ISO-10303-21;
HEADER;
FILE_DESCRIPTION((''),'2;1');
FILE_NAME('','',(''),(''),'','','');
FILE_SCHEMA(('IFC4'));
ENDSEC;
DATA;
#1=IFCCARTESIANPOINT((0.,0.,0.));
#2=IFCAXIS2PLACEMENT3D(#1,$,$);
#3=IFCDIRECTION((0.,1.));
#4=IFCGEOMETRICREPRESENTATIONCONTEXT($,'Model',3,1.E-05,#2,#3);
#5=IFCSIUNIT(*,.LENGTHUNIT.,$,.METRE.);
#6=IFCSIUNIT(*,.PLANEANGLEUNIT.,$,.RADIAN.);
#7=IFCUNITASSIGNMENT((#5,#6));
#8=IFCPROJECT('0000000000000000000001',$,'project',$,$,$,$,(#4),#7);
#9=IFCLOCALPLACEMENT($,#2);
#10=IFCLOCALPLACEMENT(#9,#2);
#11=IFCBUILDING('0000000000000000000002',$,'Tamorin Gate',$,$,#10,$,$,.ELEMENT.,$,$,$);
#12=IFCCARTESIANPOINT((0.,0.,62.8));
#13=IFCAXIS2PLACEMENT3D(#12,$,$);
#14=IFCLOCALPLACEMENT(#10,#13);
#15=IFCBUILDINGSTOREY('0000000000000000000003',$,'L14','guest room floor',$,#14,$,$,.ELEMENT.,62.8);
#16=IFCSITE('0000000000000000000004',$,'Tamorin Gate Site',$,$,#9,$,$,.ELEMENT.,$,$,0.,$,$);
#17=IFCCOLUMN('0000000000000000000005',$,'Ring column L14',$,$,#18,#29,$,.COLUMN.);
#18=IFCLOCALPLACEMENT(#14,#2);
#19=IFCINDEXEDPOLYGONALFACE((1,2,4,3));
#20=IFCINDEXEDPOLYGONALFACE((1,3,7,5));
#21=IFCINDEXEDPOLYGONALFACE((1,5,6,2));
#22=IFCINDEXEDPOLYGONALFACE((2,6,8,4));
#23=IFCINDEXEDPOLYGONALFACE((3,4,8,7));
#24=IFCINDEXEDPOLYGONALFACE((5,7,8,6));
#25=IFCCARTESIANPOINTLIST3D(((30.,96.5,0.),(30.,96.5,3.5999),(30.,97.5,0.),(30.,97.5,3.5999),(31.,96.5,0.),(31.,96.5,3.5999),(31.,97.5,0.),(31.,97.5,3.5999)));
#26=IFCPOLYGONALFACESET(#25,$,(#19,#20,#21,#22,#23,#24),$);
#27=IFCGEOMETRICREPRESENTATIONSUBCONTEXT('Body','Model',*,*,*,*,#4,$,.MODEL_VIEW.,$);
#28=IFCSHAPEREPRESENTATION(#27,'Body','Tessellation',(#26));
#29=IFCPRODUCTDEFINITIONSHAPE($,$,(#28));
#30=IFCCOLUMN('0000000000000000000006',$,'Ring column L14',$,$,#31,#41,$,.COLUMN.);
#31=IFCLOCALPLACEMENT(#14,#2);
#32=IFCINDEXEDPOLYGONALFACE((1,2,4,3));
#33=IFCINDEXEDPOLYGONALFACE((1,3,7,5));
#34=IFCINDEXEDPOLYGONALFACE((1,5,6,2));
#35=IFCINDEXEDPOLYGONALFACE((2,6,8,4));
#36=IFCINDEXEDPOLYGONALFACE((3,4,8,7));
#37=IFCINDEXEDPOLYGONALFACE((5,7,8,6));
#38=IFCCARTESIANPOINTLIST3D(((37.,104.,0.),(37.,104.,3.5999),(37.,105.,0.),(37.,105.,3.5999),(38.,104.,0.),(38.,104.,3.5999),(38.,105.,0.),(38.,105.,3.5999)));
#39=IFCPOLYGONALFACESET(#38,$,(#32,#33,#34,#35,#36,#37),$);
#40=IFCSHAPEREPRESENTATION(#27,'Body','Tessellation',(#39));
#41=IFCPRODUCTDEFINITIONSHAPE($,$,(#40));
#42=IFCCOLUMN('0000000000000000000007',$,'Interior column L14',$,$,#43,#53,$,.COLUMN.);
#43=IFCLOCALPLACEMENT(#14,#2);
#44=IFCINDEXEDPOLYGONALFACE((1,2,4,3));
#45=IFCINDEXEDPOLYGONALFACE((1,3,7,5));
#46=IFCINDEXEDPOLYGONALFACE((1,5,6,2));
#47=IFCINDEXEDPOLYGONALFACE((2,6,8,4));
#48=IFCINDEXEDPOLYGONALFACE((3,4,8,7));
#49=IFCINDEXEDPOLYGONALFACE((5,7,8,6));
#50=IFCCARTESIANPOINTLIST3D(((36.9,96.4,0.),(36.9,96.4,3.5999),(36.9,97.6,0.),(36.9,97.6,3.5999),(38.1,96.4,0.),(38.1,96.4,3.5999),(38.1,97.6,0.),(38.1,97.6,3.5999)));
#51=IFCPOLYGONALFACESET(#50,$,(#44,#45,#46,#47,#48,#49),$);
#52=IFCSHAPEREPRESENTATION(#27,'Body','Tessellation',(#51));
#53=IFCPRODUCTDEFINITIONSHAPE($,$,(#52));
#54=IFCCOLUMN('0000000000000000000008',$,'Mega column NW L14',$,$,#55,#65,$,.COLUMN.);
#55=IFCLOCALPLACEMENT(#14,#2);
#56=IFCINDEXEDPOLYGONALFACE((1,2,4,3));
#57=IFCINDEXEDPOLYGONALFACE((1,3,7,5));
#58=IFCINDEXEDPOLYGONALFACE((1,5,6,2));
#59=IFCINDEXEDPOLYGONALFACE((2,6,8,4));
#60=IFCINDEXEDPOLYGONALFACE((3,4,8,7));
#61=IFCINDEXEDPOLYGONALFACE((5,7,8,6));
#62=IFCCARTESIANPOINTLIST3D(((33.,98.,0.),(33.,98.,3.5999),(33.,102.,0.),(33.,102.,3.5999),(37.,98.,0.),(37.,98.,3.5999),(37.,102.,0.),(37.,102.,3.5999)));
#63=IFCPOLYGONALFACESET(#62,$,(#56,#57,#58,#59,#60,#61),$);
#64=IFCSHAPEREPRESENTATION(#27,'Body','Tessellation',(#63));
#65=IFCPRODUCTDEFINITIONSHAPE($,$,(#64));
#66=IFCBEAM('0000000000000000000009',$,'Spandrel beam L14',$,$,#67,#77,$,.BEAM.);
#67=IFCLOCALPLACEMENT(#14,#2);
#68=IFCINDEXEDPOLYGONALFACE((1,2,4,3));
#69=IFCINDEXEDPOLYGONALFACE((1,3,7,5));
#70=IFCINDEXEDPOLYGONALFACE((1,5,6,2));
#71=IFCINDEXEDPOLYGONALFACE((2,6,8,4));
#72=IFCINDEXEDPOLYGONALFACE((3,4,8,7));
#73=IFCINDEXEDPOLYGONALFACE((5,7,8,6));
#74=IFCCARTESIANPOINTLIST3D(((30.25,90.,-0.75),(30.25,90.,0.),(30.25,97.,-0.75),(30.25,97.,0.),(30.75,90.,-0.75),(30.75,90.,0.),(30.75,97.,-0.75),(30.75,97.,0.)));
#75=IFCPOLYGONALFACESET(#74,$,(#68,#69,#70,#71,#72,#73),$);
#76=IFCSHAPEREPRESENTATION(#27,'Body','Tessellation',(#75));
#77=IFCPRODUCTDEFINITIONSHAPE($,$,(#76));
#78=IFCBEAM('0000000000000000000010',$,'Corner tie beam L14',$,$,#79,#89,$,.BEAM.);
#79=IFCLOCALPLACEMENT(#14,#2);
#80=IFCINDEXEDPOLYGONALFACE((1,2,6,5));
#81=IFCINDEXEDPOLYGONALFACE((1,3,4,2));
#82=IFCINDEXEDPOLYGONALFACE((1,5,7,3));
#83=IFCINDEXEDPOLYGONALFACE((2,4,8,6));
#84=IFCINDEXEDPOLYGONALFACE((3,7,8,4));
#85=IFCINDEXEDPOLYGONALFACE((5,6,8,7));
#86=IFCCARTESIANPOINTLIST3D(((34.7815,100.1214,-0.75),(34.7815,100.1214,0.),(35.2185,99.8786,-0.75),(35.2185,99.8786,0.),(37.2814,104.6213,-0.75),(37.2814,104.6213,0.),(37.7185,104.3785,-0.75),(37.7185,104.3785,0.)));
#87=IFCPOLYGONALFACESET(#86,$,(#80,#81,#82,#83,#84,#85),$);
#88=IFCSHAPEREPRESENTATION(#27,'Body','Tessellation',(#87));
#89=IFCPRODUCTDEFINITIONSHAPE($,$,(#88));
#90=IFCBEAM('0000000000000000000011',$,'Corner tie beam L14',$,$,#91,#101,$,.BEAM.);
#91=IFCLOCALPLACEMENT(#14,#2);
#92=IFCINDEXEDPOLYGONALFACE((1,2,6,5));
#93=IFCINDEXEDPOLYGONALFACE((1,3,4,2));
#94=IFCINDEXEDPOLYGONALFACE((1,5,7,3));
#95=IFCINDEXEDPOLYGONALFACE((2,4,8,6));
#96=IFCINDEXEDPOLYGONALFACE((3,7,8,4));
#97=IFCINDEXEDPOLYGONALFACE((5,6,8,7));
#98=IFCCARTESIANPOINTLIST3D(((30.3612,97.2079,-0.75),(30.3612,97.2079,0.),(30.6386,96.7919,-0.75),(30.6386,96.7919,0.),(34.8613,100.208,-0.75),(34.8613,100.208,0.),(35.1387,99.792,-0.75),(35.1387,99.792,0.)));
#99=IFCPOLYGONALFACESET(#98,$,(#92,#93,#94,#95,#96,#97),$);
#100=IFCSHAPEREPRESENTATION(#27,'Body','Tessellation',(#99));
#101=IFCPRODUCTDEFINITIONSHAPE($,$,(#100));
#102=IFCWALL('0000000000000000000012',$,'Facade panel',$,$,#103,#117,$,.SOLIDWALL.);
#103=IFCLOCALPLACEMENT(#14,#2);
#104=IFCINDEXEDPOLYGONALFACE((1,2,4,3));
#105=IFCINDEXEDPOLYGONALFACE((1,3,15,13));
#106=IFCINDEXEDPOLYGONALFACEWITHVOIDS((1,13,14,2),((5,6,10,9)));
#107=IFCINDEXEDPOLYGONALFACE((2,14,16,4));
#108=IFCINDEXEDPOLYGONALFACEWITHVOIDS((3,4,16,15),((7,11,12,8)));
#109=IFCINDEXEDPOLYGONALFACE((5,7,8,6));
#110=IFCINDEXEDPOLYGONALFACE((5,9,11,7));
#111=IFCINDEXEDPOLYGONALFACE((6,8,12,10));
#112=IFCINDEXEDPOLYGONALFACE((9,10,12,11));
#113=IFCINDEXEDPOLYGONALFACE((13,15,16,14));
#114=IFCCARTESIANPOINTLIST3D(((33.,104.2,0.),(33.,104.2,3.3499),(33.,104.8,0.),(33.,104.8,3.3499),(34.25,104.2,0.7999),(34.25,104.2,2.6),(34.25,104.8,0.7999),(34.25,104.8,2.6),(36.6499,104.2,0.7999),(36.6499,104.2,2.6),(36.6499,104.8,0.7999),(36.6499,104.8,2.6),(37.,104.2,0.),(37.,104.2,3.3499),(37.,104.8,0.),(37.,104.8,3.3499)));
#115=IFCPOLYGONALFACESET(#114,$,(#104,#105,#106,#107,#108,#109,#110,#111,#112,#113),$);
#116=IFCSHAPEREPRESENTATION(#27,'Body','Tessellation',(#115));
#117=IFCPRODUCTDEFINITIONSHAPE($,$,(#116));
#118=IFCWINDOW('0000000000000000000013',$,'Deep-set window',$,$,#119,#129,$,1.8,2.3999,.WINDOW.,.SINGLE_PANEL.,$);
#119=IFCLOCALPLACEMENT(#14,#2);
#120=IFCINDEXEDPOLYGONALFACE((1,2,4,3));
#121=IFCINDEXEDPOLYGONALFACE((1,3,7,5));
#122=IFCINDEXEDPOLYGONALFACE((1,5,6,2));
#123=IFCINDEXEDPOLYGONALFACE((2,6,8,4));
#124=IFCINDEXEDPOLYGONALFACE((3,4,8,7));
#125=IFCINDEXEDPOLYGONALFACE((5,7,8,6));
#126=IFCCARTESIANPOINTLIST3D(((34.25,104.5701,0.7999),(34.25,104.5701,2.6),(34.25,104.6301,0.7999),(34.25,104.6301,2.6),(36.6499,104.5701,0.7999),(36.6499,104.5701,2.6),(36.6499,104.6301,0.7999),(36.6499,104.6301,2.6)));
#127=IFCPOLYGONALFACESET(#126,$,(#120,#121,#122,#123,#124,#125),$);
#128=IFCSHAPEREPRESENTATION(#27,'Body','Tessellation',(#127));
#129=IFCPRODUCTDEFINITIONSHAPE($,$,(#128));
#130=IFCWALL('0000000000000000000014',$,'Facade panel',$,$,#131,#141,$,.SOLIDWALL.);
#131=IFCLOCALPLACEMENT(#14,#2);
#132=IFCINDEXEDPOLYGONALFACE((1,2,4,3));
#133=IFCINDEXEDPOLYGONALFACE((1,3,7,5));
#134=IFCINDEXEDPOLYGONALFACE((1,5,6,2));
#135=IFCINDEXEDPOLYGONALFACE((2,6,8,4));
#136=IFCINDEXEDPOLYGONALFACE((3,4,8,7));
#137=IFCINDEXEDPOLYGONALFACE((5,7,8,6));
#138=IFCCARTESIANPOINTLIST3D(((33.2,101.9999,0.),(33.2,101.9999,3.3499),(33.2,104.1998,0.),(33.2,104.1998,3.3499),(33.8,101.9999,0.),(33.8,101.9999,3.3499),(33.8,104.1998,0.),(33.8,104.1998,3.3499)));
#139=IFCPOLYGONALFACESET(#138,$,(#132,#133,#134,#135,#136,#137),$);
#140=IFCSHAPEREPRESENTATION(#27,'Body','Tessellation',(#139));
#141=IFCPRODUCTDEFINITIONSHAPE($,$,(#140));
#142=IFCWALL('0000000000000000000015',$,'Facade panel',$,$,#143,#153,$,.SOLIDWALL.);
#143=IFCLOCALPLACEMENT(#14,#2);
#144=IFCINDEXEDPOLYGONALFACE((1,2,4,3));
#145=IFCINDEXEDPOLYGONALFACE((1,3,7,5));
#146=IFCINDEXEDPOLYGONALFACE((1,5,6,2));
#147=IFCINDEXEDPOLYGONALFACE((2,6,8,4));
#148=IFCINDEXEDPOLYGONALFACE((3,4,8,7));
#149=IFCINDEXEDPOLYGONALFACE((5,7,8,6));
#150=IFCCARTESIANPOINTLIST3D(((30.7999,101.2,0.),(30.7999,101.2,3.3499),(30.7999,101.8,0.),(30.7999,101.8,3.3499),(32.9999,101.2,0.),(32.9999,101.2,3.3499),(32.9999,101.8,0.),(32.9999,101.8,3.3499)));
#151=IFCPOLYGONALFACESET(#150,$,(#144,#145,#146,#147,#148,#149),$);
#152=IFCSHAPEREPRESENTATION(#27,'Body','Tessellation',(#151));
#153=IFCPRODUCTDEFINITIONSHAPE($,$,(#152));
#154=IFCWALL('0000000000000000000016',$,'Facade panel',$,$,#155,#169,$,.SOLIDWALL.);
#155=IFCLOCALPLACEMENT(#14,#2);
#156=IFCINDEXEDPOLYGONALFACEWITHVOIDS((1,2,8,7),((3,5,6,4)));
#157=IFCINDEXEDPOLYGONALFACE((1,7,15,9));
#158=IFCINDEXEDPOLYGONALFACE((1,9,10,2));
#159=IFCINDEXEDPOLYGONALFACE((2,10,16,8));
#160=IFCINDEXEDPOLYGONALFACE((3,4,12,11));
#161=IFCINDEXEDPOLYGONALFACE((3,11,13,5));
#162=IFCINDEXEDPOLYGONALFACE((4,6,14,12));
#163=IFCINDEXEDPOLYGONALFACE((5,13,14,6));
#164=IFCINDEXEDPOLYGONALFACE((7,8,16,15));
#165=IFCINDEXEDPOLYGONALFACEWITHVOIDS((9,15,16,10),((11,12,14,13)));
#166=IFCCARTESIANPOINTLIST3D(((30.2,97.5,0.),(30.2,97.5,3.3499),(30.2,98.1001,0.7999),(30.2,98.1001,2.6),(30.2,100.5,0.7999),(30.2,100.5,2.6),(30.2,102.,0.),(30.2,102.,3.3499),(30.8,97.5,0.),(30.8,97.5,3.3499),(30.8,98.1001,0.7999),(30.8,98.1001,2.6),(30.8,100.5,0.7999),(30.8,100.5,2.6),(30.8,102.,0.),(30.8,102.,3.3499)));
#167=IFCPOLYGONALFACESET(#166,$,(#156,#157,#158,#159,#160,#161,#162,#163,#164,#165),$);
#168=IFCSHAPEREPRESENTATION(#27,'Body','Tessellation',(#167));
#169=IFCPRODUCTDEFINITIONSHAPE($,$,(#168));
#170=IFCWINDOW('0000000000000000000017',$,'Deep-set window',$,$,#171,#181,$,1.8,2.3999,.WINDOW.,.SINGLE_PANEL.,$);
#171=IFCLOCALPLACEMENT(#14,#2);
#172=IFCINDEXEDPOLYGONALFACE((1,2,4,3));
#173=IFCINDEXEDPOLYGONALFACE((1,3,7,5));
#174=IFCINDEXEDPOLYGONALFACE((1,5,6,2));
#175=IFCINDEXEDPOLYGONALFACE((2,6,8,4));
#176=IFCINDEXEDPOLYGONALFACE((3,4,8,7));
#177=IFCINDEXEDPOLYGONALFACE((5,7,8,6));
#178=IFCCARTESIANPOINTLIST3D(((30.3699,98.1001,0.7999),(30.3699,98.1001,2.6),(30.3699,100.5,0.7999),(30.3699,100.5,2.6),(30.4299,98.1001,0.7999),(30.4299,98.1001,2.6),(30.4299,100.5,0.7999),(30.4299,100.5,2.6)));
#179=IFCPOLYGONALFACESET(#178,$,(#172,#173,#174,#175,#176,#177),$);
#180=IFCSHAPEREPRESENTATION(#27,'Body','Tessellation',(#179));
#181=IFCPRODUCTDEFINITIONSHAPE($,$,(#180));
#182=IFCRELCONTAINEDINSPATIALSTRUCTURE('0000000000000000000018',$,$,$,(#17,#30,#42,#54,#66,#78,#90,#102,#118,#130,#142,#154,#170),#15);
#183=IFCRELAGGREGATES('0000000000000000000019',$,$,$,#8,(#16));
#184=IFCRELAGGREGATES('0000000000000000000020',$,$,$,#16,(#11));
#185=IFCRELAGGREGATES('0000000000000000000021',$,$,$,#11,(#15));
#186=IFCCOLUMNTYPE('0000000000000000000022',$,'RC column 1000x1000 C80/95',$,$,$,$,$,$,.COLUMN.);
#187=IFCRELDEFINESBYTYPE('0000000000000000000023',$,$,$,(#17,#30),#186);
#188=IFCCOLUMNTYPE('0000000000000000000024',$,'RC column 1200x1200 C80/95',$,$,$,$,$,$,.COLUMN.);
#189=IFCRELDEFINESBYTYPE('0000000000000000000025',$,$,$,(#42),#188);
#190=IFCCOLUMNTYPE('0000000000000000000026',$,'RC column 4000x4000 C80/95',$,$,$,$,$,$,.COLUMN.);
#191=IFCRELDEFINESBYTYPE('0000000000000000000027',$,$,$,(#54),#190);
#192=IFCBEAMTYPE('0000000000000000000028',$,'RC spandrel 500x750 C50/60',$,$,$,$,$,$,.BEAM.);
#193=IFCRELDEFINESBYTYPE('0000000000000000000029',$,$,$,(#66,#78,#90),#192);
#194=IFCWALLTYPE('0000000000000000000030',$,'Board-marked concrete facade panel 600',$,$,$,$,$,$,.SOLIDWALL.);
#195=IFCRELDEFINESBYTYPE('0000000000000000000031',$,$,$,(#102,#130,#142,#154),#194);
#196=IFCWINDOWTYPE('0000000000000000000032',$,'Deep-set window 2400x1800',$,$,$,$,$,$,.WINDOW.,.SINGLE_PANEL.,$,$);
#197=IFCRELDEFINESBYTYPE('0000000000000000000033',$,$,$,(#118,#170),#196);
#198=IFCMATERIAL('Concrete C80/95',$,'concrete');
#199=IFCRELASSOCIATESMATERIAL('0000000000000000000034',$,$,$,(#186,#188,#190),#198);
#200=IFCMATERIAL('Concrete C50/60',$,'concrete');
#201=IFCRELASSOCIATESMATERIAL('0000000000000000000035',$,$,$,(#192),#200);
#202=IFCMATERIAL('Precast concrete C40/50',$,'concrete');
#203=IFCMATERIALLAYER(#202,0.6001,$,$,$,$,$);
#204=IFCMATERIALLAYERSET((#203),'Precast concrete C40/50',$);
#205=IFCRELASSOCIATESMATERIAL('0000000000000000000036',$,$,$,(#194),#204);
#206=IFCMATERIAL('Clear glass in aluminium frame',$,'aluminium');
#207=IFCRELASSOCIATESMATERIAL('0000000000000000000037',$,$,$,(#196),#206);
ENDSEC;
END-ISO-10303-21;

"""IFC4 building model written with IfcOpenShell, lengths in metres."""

from ifc_helpers import new_model, si_unit, direction, frame, frame_2d, origin, origin_2d, place, context, subcontext, project, spatial, rectangle, extrude, material, layer, layer_set, material_profile, profile_set, type_object, element, fill, save


model = new_model("IFC4")

# Units and contexts
model_context = context("Model", 3, precision=1e-05, world=origin(), true_north=direction((0.0, 1.0)))
body_context = subcontext(model_context, "Body", "Model", "MODEL_VIEW")
ifc_project = project(units=[si_unit("LENGTHUNIT", "METRE"), si_unit("PLANEANGLEUNIT", "RADIAN")], contexts=[model_context])

# Site, building, storey
site_placement = place(None, origin())
site = spatial("IfcSite", under=ifc_project, at=site_placement, Name="Tamorin Gate Site", CompositionType="ELEMENT", RefElevation=0.0)
building_placement = place(site_placement, origin())
building = spatial("IfcBuilding", under=site, at=building_placement, Name="Tamorin Gate", CompositionType="ELEMENT")
storey_placement = place(building_placement, frame((0.0, 0.0, 62.8)))
storey = spatial("IfcBuildingStorey", under=building, at=storey_placement, Name="L14", Description="guest room floor", CompositionType="ELEMENT", Elevation=62.8)

# Columns
ifc_material_1 = material(Name="Concrete C80/95", Category="concrete")
ifc_material_profile_1 = material_profile(ifc_material_1, rectangle(XDim=1.0, YDim=1.0, at=origin_2d()), Name="RC 1000x1000")
ifc_profile_set_1 = profile_set([ifc_material_profile_1], Name="Concrete C80/95")
column_type_1 = type_object("IfcColumnType", Name="RC column 1000x1000 C80/95", PredefinedType="COLUMN", material=ifc_profile_set_1)
for number, where, z_axis, x_axis, name in (
    (1, (30.5, 97.0, 0.0), (0.0, 0.0, 1.0), (1.0, 0.0, 0.0), "Ring column L14"),
    (2, (37.5, 104.5, 0.0), (0.0, 0.0, 1.0), (1.0, 0.0, 0.0), "Ring column L14"),
):
    element("IfcColumn", number, at=place(storey_placement, frame(where, z_axis=z_axis, x_axis=x_axis)), inside=storey, type_object=column_type_1, Name=name, PredefinedType="COLUMN", context=body_context, shape_type="SweptSolid", body=[
        extrude(rectangle(XDim=1.0, YDim=1.0, at=origin_2d()), origin(), (0.0, 0.0, 1.0), 3.5999),
    ])
ifc_material_profile_2 = material_profile(ifc_material_1, rectangle(XDim=1.2, YDim=1.2, at=origin_2d()), Name="RC 1200x1200")
ifc_profile_set_2 = profile_set([ifc_material_profile_2], Name="Concrete C80/95")
column_type_2 = type_object("IfcColumnType", Name="RC column 1200x1200 C80/95", PredefinedType="COLUMN", material=ifc_profile_set_2)
column_1_placement = place(storey_placement, frame((37.5, 97.0, 0.0), z_axis=(0.0, 0.0, 1.0), x_axis=(1.0, 0.0, 0.0)))
element("IfcColumn", 3, at=column_1_placement, inside=storey, type_object=column_type_2, Name="Interior column L14", PredefinedType="COLUMN", context=body_context, shape_type="SweptSolid", body=[
    extrude(rectangle(XDim=1.2, YDim=1.2, at=origin_2d()), origin(), (0.0, 0.0, 1.0), 3.5999),
])
ifc_material_profile_3 = material_profile(ifc_material_1, rectangle(XDim=4.0, YDim=4.0, at=origin_2d()), Name="RC 4000x4000")
ifc_profile_set_3 = profile_set([ifc_material_profile_3], Name="Concrete C80/95")
column_type_3 = type_object("IfcColumnType", Name="RC column 4000x4000 C80/95", PredefinedType="COLUMN", material=ifc_profile_set_3)
column_2_placement = place(storey_placement, frame((35.0, 100.0, 0.0), z_axis=(0.0, 0.0, 1.0), x_axis=(1.0, 0.0, 0.0)))
element("IfcColumn", 4, at=column_2_placement, inside=storey, type_object=column_type_3, Name="Mega column NW L14", PredefinedType="COLUMN", context=body_context, shape_type="SweptSolid", body=[
    extrude(rectangle(XDim=4.0, YDim=4.0, at=origin_2d()), origin(), (0.0, 0.0, 1.0), 3.5999),
])

# Beams
ifc_material_2 = material(Name="Concrete C50/60", Category="concrete")
ifc_material_profile_4 = material_profile(ifc_material_2, rectangle(XDim=0.5, YDim=0.75, at=origin_2d()), Name="RC 500x750")
ifc_profile_set_4 = profile_set([ifc_material_profile_4], Name="Concrete C50/60")
beam_type = type_object("IfcBeamType", Name="RC spandrel 500x750 C50/60", PredefinedType="BEAM", material=ifc_profile_set_4)
beam_1_placement = place(storey_placement, frame((30.5, 97.0, -0.375), z_axis=(0.0, -1.0, 0.0), x_axis=(1.0, 0.0, 0.0)))
element("IfcBeam", 5, at=beam_1_placement, inside=storey, type_object=beam_type, Name="Spandrel beam L14", PredefinedType="BEAM", context=body_context, shape_type="SweptSolid", body=[
    extrude(rectangle(XDim=0.5, YDim=0.75, at=origin_2d()), origin(), (0.0, 0.0, 1.0), 7.0),
])
beam_2_placement = place(storey_placement, frame((35.0, 100.0, -0.375), z_axis=(0.485643, 0.874157, 0.0), x_axis=(-0.874157, 0.485643, 0.0)))
element("IfcBeam", 6, at=beam_2_placement, inside=storey, type_object=beam_type, Name="Corner tie beam L14", PredefinedType="BEAM", context=body_context, shape_type="SweptSolid", body=[
    extrude(rectangle(XDim=0.5, YDim=0.75, at=origin_2d()), origin(), (0.0, 0.0, 1.0), 5.1477),
])
beam_3_placement = place(storey_placement, frame((35.0, 100.0, -0.375), z_axis=(-0.83205, -0.5547, 0.0), x_axis=(0.5547, -0.83205, 0.0)))
element("IfcBeam", 7, at=beam_3_placement, inside=storey, type_object=beam_type, Name="Corner tie beam L14", PredefinedType="BEAM", context=body_context, shape_type="SweptSolid", body=[
    extrude(rectangle(XDim=0.5, YDim=0.75, at=origin_2d()), origin(), (0.0, 0.0, 1.0), 5.4084),
])

# Wall, opening, window
ifc_material_3 = material(Name="Precast concrete C40/50", Category="concrete")
ifc_layer_1 = layer(ifc_material_3, 0.6001)
ifc_layer_set_1 = layer_set([ifc_layer_1], Name="Precast concrete C40/50")
wall_type_1 = type_object("IfcWallType", Name="Board-marked concrete facade panel 600", PredefinedType="SOLIDWALL", material=ifc_layer_set_1)
wall_1_placement = place(storey_placement, frame((37.0, 104.5, 0.0), z_axis=(0.0, 0.0, 1.0), x_axis=(-1.0, 0.0, 0.0)))
wall_1 = element("IfcWall", 8, at=wall_1_placement, inside=storey, type_object=wall_type_1, Name="Facade panel", PredefinedType="SOLIDWALL", context=body_context, shape_type="SweptSolid", body=[
    extrude(rectangle(XDim=4.0, YDim=0.6001, at=frame_2d((2.0, 0.0))), origin(), (0.0, 0.0, 1.0), 3.3499),
])
opening_1_placement = place(wall_1_placement, frame((0.3501, 0.0, 0.8)))
opening_1 = element("IfcOpeningElement", 9, at=opening_1_placement, cuts=wall_1, PredefinedType="OPENING", context=body_context, shape_type="SweptSolid", body=[
    extrude(rectangle(XDim=2.3999, YDim=1.8, at=frame_2d((1.2, 0.8999))), frame((0.0, 0.3101, 0.0), z_axis=(0.0, -1.0, 0.0), x_axis=(1.0, 0.0, 0.0)), (0.0, 0.0, 1.0), 0.6201),
])
ifc_material_4 = material(Name="Clear glass in aluminium frame", Category="aluminium")
window_type = type_object("IfcWindowType", Name="Deep-set window 2400x1800", PartitioningType="SINGLE_PANEL", PredefinedType="WINDOW", material=ifc_material_4)
window_1_placement = place(opening_1_placement, origin())
window_1 = element("IfcWindow", 10, at=window_1_placement, inside=storey, type_object=window_type, Name="Deep-set window", OverallHeight=1.8, OverallWidth=2.3999, PartitioningType="SINGLE_PANEL", PredefinedType="WINDOW", context=body_context, shape_type="SweptSolid", body=[
    extrude(rectangle(XDim=2.3999, YDim=1.8, at=frame_2d((1.2, 0.8999))), frame((0.0, -0.0701, 0.0), z_axis=(0.0, -1.0, 0.0), x_axis=(1.0, 0.0, 0.0)), (0.0, 0.0, 1.0), 0.0601),
])
fill(opening_1, window_1)

# Walls
for number, where, z_axis, x_axis, name in (
    (11, (33.5, 104.2, 0.0), (0.0, 0.0, 1.0), (0.0, -1.0, 0.0), "Facade panel"),
    (12, (33.0, 101.5, 0.0), (0.0, 0.0, 1.0), (-1.0, 0.0, 0.0), "Facade panel"),
):
    element("IfcWall", number, at=place(storey_placement, frame(where, z_axis=z_axis, x_axis=x_axis)), inside=storey, type_object=wall_type_1, Name=name, PredefinedType="SOLIDWALL", context=body_context, shape_type="SweptSolid", body=[
        extrude(rectangle(XDim=2.2, YDim=0.6001, at=frame_2d((1.1001, 0.0))), origin(), (0.0, 0.0, 1.0), 3.3499),
    ])

# Wall, opening, window
wall_2_placement = place(storey_placement, frame((30.5, 102.0, 0.0), z_axis=(0.0, 0.0, 1.0), x_axis=(0.0, -1.0, 0.0)))
wall_2 = element("IfcWall", 13, at=wall_2_placement, inside=storey, type_object=wall_type_1, Name="Facade panel", PredefinedType="SOLIDWALL", context=body_context, shape_type="SweptSolid", body=[
    extrude(rectangle(XDim=4.5, YDim=0.6001, at=frame_2d((2.25, 0.0))), origin(), (0.0, 0.0, 1.0), 3.3499),
])
opening_2_placement = place(wall_2_placement, frame((1.5, 0.0, 0.8)))
opening_2 = element("IfcOpeningElement", 14, at=opening_2_placement, cuts=wall_2, PredefinedType="OPENING", context=body_context, shape_type="SweptSolid", body=[
    extrude(rectangle(XDim=2.3999, YDim=1.8, at=frame_2d((1.2, 0.8999))), frame((0.0, 0.3101, 0.0), z_axis=(0.0, -1.0, 0.0), x_axis=(1.0, 0.0, 0.0)), (0.0, 0.0, 1.0), 0.6201),
])
window_2_placement = place(opening_2_placement, origin())
window_2 = element("IfcWindow", 15, at=window_2_placement, inside=storey, type_object=window_type, Name="Deep-set window", OverallHeight=1.8, OverallWidth=2.3999, PartitioningType="SINGLE_PANEL", PredefinedType="WINDOW", context=body_context, shape_type="SweptSolid", body=[
    extrude(rectangle(XDim=2.3999, YDim=1.8, at=frame_2d((1.2, 0.8999))), frame((0.0, -0.0701, 0.0), z_axis=(0.0, -1.0, 0.0), x_axis=(1.0, 0.0, 0.0)), (0.0, 0.0, 1.0), 0.0601),
])
fill(opening_2, window_2)

save(model, "model.ifc")
